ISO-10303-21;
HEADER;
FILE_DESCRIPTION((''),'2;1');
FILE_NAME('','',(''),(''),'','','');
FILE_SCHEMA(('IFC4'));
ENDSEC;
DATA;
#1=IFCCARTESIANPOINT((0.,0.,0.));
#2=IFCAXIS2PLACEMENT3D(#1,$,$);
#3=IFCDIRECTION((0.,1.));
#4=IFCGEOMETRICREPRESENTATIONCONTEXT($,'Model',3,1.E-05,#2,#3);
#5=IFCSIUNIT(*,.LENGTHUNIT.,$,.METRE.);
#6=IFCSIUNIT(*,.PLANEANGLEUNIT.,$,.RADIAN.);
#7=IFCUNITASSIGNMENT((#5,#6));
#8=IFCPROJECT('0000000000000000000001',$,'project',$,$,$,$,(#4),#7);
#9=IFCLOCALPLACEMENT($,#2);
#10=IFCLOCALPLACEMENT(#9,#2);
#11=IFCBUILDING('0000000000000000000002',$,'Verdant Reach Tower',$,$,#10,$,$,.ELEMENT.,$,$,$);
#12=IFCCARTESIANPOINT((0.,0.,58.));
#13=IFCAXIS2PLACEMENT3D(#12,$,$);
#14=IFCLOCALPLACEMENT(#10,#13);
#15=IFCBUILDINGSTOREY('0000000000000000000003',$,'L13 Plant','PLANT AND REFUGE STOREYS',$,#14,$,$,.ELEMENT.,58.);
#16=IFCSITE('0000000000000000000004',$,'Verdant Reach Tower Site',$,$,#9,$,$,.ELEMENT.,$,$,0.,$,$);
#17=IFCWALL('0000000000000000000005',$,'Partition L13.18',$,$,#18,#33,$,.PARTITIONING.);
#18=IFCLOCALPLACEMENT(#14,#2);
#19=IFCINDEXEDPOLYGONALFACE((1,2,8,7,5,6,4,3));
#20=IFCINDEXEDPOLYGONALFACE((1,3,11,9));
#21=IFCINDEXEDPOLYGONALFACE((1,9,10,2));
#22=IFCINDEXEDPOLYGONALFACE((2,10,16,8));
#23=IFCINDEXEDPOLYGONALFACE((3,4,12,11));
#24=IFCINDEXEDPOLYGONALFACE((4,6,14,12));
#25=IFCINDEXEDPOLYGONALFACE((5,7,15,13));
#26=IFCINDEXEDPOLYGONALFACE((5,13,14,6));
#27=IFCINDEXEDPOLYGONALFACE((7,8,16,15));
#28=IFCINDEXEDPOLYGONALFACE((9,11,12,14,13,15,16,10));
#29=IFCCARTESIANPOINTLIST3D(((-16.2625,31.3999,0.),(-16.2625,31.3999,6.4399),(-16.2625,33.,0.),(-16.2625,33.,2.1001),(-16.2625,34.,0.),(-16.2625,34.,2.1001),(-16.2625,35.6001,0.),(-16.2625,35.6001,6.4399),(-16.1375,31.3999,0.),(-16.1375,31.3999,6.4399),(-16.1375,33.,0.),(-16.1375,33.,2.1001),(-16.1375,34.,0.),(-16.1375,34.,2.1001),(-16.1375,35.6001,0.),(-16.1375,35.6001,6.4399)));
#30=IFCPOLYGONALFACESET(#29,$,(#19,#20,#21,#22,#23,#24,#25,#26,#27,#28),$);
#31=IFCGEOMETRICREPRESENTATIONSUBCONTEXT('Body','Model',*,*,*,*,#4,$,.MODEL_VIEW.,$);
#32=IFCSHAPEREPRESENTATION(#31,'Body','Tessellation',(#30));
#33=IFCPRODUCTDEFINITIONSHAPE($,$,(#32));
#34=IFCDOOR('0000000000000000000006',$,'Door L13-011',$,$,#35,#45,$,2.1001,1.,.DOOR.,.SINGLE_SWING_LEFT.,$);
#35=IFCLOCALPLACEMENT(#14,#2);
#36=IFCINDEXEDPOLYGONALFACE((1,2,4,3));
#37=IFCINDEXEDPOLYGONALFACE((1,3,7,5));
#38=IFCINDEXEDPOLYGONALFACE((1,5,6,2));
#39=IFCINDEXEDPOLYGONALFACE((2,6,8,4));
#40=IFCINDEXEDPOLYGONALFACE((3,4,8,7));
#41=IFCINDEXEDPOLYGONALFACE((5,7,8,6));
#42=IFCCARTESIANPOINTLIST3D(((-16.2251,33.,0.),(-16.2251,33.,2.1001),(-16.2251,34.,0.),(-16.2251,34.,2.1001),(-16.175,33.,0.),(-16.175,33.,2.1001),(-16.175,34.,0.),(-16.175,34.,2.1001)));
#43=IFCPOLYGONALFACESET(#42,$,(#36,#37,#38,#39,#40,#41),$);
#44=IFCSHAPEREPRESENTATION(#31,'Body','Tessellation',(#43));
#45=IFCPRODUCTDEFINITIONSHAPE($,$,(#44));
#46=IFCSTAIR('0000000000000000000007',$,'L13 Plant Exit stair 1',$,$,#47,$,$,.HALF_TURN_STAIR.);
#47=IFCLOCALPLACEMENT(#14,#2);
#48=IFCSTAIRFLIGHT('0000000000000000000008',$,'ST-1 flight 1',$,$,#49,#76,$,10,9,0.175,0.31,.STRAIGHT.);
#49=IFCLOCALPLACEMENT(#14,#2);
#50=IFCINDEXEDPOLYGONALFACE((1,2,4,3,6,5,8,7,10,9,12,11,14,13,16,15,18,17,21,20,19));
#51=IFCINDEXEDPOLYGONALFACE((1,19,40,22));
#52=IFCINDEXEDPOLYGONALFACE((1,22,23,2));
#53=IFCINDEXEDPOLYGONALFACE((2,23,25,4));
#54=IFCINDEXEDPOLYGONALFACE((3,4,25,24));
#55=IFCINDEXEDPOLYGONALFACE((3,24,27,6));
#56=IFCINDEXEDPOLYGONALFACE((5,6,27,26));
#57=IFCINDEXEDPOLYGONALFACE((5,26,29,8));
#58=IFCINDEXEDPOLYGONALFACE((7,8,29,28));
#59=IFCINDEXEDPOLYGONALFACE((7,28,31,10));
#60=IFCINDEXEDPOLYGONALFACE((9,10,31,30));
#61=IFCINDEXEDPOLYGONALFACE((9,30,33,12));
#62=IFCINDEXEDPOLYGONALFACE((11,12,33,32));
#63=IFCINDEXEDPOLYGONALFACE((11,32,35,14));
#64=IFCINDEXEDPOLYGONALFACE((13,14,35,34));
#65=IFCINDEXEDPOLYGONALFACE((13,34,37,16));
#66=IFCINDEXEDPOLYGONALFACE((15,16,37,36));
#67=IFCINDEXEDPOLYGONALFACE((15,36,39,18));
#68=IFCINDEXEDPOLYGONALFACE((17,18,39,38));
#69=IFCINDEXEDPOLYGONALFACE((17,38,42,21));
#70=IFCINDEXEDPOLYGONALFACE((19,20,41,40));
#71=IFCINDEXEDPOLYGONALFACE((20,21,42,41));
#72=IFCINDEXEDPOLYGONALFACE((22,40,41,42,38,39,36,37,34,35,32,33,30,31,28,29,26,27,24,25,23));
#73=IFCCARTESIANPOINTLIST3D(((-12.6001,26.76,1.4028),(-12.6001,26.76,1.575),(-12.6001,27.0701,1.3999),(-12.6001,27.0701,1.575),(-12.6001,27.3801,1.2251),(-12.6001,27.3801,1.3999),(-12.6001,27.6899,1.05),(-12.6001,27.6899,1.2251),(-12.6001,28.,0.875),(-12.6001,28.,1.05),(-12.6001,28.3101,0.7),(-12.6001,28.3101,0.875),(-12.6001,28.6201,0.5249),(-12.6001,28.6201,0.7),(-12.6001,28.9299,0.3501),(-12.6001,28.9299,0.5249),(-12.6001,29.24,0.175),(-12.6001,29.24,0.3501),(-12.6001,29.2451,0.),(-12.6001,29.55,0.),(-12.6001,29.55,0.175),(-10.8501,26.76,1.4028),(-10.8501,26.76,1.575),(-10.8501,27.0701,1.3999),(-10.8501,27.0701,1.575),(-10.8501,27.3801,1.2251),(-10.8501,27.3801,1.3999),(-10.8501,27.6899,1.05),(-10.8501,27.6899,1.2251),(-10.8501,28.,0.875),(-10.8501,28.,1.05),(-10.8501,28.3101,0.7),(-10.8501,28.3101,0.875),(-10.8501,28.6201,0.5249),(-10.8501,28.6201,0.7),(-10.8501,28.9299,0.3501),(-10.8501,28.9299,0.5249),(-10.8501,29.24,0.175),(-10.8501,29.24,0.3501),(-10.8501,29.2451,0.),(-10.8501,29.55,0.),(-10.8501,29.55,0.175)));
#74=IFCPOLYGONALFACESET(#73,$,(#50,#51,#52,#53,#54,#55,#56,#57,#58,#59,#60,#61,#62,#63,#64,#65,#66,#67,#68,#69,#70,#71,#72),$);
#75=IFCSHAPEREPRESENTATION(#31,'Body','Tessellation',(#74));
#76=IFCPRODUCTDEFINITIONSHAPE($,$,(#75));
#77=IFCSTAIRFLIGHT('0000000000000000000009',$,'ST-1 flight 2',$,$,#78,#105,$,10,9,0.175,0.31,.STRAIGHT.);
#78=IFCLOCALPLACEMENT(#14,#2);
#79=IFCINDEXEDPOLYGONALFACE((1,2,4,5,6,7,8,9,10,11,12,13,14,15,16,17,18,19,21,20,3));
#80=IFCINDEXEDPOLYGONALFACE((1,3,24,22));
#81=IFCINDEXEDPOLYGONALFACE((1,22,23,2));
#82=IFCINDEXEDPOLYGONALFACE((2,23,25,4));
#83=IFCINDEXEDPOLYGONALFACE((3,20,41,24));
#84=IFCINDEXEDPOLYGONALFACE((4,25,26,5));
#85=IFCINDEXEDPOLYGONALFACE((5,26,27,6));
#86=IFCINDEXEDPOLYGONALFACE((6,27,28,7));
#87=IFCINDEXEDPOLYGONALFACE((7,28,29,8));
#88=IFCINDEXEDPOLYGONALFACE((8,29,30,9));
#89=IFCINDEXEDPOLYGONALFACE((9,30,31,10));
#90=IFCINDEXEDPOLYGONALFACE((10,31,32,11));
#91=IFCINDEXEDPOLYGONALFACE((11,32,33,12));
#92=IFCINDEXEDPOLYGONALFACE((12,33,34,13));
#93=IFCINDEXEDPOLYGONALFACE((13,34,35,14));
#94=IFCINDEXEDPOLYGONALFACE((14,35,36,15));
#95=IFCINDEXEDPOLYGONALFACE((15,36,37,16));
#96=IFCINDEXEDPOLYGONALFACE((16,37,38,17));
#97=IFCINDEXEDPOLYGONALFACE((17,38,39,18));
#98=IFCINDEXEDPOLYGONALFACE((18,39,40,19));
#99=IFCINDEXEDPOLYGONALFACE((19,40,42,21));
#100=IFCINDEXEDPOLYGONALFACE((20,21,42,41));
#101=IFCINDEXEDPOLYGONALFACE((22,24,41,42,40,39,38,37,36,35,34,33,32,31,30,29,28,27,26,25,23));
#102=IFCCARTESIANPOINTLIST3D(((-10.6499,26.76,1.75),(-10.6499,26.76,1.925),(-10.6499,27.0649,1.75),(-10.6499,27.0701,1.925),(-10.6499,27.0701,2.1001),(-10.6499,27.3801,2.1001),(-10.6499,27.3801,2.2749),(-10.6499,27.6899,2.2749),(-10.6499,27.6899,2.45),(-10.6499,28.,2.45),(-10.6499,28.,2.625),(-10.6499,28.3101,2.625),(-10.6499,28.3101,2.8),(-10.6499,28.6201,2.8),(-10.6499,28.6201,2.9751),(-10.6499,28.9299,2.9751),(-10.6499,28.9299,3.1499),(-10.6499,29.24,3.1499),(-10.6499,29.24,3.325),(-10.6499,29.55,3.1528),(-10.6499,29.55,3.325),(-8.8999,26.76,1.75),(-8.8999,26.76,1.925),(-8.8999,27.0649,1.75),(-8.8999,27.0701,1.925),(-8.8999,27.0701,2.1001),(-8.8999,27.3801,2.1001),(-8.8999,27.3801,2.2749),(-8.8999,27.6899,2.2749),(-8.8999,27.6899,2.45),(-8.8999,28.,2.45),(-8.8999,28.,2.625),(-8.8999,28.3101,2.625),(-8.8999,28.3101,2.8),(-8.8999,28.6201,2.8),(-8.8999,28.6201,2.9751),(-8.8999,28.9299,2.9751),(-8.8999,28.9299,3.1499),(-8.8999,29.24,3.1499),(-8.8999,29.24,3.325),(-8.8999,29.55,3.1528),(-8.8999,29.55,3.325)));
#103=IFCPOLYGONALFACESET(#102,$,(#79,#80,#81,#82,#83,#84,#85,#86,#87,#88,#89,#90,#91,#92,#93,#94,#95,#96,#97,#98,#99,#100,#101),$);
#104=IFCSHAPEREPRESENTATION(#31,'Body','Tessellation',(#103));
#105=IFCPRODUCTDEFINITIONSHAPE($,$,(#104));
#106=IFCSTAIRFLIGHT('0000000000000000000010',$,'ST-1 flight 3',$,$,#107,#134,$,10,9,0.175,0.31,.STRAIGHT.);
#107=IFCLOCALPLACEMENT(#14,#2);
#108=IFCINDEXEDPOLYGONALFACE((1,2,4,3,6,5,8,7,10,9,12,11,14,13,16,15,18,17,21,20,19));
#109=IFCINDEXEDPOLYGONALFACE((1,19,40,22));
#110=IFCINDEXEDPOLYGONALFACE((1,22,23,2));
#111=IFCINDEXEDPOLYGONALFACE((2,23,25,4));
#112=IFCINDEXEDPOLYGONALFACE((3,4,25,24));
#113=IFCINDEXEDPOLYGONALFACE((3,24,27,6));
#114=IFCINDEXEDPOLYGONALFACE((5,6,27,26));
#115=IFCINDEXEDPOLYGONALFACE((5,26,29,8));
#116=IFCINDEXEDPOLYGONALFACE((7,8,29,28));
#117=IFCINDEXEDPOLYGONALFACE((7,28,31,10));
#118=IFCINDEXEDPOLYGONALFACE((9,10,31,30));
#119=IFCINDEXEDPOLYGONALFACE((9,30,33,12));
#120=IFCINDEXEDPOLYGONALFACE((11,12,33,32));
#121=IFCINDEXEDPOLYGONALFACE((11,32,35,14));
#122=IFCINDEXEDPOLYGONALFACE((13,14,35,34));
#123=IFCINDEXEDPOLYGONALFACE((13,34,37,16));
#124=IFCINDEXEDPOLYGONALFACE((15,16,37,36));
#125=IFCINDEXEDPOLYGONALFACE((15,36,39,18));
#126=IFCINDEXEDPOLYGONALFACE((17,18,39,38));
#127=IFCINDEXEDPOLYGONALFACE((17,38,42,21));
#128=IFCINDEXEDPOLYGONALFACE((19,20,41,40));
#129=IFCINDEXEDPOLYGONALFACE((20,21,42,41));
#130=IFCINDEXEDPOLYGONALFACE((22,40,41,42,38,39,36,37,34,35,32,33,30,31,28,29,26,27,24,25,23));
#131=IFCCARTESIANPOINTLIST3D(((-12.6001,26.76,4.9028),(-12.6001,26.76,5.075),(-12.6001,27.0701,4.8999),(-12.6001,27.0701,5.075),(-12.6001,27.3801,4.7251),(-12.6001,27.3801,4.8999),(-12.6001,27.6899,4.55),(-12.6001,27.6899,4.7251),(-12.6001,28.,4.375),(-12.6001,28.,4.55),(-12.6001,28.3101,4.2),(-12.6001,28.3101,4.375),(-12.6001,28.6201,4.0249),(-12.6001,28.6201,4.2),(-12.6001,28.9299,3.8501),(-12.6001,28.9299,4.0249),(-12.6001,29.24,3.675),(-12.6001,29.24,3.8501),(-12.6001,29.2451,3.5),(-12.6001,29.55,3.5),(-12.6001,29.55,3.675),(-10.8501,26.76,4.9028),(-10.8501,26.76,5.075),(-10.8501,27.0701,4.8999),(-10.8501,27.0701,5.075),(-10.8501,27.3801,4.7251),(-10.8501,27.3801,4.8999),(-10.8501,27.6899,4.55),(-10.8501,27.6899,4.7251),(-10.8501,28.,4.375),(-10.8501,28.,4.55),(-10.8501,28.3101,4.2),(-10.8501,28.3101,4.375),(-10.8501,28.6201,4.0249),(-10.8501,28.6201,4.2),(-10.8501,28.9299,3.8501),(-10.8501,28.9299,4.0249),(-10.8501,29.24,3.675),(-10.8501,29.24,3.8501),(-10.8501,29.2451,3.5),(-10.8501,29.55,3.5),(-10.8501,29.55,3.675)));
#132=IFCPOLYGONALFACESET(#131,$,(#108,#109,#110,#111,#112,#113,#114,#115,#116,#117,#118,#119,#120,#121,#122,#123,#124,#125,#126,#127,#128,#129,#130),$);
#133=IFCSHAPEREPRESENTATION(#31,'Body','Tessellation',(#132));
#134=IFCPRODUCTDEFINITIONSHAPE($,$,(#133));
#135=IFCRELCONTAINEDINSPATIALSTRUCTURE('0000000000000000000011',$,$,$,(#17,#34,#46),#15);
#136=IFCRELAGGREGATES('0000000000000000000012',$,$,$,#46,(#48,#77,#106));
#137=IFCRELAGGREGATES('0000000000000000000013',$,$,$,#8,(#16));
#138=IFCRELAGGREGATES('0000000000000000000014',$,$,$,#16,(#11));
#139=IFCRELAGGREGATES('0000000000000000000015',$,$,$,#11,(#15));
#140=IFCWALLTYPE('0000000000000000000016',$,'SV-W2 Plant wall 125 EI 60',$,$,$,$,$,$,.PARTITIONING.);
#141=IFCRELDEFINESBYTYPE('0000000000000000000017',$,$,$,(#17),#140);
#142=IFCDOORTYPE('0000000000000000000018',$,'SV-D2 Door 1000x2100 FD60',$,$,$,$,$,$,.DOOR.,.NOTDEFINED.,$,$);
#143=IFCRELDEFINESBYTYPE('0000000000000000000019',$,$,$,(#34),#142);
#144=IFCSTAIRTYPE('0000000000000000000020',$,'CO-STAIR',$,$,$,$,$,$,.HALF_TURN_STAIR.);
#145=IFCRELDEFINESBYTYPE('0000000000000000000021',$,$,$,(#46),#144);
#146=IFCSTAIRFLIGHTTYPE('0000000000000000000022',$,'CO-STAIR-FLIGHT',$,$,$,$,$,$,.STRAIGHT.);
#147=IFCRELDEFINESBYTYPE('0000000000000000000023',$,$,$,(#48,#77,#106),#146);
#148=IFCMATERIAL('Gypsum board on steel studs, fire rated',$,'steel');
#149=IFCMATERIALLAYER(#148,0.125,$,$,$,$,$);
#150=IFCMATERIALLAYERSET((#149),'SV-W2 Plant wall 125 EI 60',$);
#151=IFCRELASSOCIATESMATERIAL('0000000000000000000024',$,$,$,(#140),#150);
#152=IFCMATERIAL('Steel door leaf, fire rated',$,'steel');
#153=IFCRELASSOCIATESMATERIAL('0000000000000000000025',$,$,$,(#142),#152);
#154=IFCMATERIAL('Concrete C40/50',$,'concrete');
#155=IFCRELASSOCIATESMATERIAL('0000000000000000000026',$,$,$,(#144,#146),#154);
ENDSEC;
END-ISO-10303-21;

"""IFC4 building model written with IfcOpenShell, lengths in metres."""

from ifc_helpers import new_model, si_unit, direction, frame, frame_2d, origin, place, context, subcontext, project, spatial, polyline, rectangle, outline, extrude, material, layer, layer_set, type_object, element, fill, aggregate, save


model = new_model("IFC4")

# Units and contexts
model_context = context("Model", 3, precision=1e-05, world=origin(), true_north=direction((0.0, 1.0)))
body_context = subcontext(model_context, "Body", "Model", "MODEL_VIEW")
ifc_project = project(units=[si_unit("LENGTHUNIT", "METRE"), si_unit("PLANEANGLEUNIT", "RADIAN")], contexts=[model_context])

# Site, building, storey
site_placement = place(None, origin())
site = spatial("IfcSite", under=ifc_project, at=site_placement, Name="Verdant Reach Tower Site", CompositionType="ELEMENT", RefElevation=0.0)
building_placement = place(site_placement, origin())
building = spatial("IfcBuilding", under=site, at=building_placement, Name="Verdant Reach Tower", CompositionType="ELEMENT")
storey_placement = place(building_placement, frame((0.0, 0.0, 58.0)))
storey = spatial("IfcBuildingStorey", under=building, at=storey_placement, Name="L13 Plant", Description="PLANT AND REFUGE STOREYS", CompositionType="ELEMENT", Elevation=58.0)

# Shared definitions
ifc_material_1 = material(Name="Concrete C40/50", Category="concrete")

# Wall, opening, door
ifc_material_2 = material(Name="Gypsum board on steel studs, fire rated", Category="steel")
ifc_layer_1 = layer(ifc_material_2, 0.125)
ifc_layer_set_1 = layer_set([ifc_layer_1], Name="SV-W2 Plant wall 125 EI 60")
wall_type_1 = type_object("IfcWallType", Name="SV-W2 Plant wall 125 EI 60", PredefinedType="PARTITIONING", material=ifc_layer_set_1)
wall_1_placement = place(storey_placement, frame((-16.2, 35.6001, 0.0), z_axis=(0.0, 0.0, 1.0), x_axis=(0.0, -1.0, 0.0)))
wall_1 = element("IfcWall", 1, at=wall_1_placement, inside=storey, type_object=wall_type_1, Name="Partition L13.18", PredefinedType="PARTITIONING", context=body_context, shape_type="SweptSolid", body=[
    extrude(rectangle(XDim=4.2002, YDim=0.125, at=frame_2d((2.1001, 0.0))), origin(), (0.0, 0.0, 1.0), 6.4399),
])
opening_1_placement = place(wall_1_placement, frame((1.6001, 0.0, 0.0)))
opening_1 = element("IfcOpeningElement", 2, at=opening_1_placement, cuts=wall_1, PredefinedType="OPENING", context=body_context, shape_type="SweptSolid", body=[
    extrude(rectangle(XDim=1.0, YDim=2.1001, at=frame_2d((0.5, 1.05))), frame((0.0, 0.0725, 0.0), z_axis=(0.0, -1.0, 0.0), x_axis=(1.0, 0.0, 0.0)), (0.0, 0.0, 1.0), 0.145),
])
ifc_material_3 = material(Name="Steel door leaf, fire rated", Category="steel")
door_type_1 = type_object("IfcDoorType", Name="SV-D2 Door 1000x2100 FD60", OperationType="NOTDEFINED", PredefinedType="DOOR", material=ifc_material_3)
door_1_placement = place(opening_1_placement, origin())
door_1 = element("IfcDoor", 3, at=door_1_placement, inside=storey, type_object=door_type_1, Name="Door L13-011", OperationType="SINGLE_SWING_LEFT", OverallHeight=2.1001, OverallWidth=1.0, PredefinedType="DOOR", context=body_context, shape_type="SweptSolid", body=[
    extrude(rectangle(XDim=1.0, YDim=2.1001, at=frame_2d((0.5, 1.05))), frame((0.0, 0.0249, 0.0), z_axis=(0.0, -1.0, 0.0), x_axis=(1.0, 0.0, 0.0)), (0.0, 0.0, 1.0), 0.05),
])
fill(opening_1, door_1)

# Stair, stair flights
stair_type = type_object("IfcStairType", Name="CO-STAIR", PredefinedType="HALF_TURN_STAIR", material=ifc_material_1)
stair_placement = place(storey_placement, origin())
stair = element("IfcStair", 4, at=stair_placement, inside=storey, type_object=stair_type, Name="L13 Plant Exit stair 1", PredefinedType="HALF_TURN_STAIR")
stair_flight_type = type_object("IfcStairFlightType", Name="CO-STAIR-FLIGHT", PredefinedType="STRAIGHT", material=ifc_material_1)
stair_flight_1_placement = place(storey_placement, frame((-11.7251, 29.55, 0.0), z_axis=(0.0, 0.0, 1.0), x_axis=(0.0, -1.0, 0.0)))
stair_flight_1 = element("IfcStairFlight", 5, at=stair_flight_1_placement, type_object=stair_flight_type, Name="ST-1 flight 1", NumberOfRisers=10, NumberOfTreads=9, PredefinedType="STRAIGHT", RiserHeight=0.175, TreadLength=0.31, context=body_context, shape_type="SweptSolid", body=[
    extrude(outline(polyline([(0.0, 0.0), (0.0, 0.175), (0.3101, 0.175), (0.3101, 0.3501), (0.6201, 0.3501), (0.6201, 0.5249), (0.9299, 0.5249), (0.9299, 0.7), (1.24, 0.7), (1.24, 0.875), (1.55, 0.875), (1.55, 1.05), (1.8601, 1.05), (1.8601, 1.2251), (2.1699, 1.2251), (2.1699, 1.3999), (2.48, 1.3999), (2.48, 1.575), (2.79, 1.575), (2.79, 1.75), (2.79, 1.4028), (0.3049, 0.0), (0.0, 0.0)])), frame((0.0, 0.875, 0.0), z_axis=(0.0, -1.0, 0.0), x_axis=(1.0, 0.0, 0.0)), (0.0, 0.0, 1.0), 1.75),
])
stair_flight_2_placement = place(storey_placement, frame((-9.7749, 26.76, 1.75), z_axis=(0.0, 0.0, 1.0), x_axis=(0.0, 1.0, 0.0)))
stair_flight_2 = element("IfcStairFlight", 6, at=stair_flight_2_placement, type_object=stair_flight_type, Name="ST-1 flight 2", NumberOfRisers=10, NumberOfTreads=9, PredefinedType="STRAIGHT", RiserHeight=0.175, TreadLength=0.31, context=body_context, shape_type="SweptSolid", body=[
    extrude(outline(polyline([(0.0, 0.0), (0.0, 0.175), (0.3101, 0.175), (0.3101, 0.3501), (0.6201, 0.3501), (0.6201, 0.5249), (0.9299, 0.5249), (0.9299, 0.7), (1.24, 0.7), (1.24, 0.875), (1.55, 0.875), (1.55, 1.05), (1.8601, 1.05), (1.8601, 1.2251), (2.1699, 1.2251), (2.1699, 1.3999), (2.48, 1.3999), (2.48, 1.575), (2.79, 1.575), (2.79, 1.75), (2.79, 1.4028), (0.3049, 0.0), (0.0, 0.0)])), frame((0.0, 0.875, 0.0), z_axis=(0.0, -1.0, 0.0), x_axis=(1.0, 0.0, 0.0)), (0.0, 0.0, 1.0), 1.75),
])
stair_flight_3_placement = place(storey_placement, frame((-11.7251, 29.55, 3.5), z_axis=(0.0, 0.0, 1.0), x_axis=(0.0, -1.0, 0.0)))
stair_flight_3 = element("IfcStairFlight", 7, at=stair_flight_3_placement, type_object=stair_flight_type, Name="ST-1 flight 3", NumberOfRisers=10, NumberOfTreads=9, PredefinedType="STRAIGHT", RiserHeight=0.175, TreadLength=0.31, context=body_context, shape_type="SweptSolid", body=[
    extrude(outline(polyline([(0.0, 0.0), (0.0, 0.175), (0.3101, 0.175), (0.3101, 0.3501), (0.6201, 0.3501), (0.6201, 0.5249), (0.9299, 0.5249), (0.9299, 0.7), (1.24, 0.7), (1.24, 0.875), (1.55, 0.875), (1.55, 1.05), (1.8601, 1.05), (1.8601, 1.2251), (2.1699, 1.2251), (2.1699, 1.3999), (2.48, 1.3999), (2.48, 1.575), (2.79, 1.575), (2.79, 1.75), (2.79, 1.4028), (0.3049, 0.0), (0.0, 0.0)])), frame((0.0, 0.875, 0.0), z_axis=(0.0, -1.0, 0.0), x_axis=(1.0, 0.0, 0.0)), (0.0, 0.0, 1.0), 1.75),
])
aggregate(stair, [stair_flight_1, stair_flight_2, stair_flight_3])

save(model, "model.ifc")
